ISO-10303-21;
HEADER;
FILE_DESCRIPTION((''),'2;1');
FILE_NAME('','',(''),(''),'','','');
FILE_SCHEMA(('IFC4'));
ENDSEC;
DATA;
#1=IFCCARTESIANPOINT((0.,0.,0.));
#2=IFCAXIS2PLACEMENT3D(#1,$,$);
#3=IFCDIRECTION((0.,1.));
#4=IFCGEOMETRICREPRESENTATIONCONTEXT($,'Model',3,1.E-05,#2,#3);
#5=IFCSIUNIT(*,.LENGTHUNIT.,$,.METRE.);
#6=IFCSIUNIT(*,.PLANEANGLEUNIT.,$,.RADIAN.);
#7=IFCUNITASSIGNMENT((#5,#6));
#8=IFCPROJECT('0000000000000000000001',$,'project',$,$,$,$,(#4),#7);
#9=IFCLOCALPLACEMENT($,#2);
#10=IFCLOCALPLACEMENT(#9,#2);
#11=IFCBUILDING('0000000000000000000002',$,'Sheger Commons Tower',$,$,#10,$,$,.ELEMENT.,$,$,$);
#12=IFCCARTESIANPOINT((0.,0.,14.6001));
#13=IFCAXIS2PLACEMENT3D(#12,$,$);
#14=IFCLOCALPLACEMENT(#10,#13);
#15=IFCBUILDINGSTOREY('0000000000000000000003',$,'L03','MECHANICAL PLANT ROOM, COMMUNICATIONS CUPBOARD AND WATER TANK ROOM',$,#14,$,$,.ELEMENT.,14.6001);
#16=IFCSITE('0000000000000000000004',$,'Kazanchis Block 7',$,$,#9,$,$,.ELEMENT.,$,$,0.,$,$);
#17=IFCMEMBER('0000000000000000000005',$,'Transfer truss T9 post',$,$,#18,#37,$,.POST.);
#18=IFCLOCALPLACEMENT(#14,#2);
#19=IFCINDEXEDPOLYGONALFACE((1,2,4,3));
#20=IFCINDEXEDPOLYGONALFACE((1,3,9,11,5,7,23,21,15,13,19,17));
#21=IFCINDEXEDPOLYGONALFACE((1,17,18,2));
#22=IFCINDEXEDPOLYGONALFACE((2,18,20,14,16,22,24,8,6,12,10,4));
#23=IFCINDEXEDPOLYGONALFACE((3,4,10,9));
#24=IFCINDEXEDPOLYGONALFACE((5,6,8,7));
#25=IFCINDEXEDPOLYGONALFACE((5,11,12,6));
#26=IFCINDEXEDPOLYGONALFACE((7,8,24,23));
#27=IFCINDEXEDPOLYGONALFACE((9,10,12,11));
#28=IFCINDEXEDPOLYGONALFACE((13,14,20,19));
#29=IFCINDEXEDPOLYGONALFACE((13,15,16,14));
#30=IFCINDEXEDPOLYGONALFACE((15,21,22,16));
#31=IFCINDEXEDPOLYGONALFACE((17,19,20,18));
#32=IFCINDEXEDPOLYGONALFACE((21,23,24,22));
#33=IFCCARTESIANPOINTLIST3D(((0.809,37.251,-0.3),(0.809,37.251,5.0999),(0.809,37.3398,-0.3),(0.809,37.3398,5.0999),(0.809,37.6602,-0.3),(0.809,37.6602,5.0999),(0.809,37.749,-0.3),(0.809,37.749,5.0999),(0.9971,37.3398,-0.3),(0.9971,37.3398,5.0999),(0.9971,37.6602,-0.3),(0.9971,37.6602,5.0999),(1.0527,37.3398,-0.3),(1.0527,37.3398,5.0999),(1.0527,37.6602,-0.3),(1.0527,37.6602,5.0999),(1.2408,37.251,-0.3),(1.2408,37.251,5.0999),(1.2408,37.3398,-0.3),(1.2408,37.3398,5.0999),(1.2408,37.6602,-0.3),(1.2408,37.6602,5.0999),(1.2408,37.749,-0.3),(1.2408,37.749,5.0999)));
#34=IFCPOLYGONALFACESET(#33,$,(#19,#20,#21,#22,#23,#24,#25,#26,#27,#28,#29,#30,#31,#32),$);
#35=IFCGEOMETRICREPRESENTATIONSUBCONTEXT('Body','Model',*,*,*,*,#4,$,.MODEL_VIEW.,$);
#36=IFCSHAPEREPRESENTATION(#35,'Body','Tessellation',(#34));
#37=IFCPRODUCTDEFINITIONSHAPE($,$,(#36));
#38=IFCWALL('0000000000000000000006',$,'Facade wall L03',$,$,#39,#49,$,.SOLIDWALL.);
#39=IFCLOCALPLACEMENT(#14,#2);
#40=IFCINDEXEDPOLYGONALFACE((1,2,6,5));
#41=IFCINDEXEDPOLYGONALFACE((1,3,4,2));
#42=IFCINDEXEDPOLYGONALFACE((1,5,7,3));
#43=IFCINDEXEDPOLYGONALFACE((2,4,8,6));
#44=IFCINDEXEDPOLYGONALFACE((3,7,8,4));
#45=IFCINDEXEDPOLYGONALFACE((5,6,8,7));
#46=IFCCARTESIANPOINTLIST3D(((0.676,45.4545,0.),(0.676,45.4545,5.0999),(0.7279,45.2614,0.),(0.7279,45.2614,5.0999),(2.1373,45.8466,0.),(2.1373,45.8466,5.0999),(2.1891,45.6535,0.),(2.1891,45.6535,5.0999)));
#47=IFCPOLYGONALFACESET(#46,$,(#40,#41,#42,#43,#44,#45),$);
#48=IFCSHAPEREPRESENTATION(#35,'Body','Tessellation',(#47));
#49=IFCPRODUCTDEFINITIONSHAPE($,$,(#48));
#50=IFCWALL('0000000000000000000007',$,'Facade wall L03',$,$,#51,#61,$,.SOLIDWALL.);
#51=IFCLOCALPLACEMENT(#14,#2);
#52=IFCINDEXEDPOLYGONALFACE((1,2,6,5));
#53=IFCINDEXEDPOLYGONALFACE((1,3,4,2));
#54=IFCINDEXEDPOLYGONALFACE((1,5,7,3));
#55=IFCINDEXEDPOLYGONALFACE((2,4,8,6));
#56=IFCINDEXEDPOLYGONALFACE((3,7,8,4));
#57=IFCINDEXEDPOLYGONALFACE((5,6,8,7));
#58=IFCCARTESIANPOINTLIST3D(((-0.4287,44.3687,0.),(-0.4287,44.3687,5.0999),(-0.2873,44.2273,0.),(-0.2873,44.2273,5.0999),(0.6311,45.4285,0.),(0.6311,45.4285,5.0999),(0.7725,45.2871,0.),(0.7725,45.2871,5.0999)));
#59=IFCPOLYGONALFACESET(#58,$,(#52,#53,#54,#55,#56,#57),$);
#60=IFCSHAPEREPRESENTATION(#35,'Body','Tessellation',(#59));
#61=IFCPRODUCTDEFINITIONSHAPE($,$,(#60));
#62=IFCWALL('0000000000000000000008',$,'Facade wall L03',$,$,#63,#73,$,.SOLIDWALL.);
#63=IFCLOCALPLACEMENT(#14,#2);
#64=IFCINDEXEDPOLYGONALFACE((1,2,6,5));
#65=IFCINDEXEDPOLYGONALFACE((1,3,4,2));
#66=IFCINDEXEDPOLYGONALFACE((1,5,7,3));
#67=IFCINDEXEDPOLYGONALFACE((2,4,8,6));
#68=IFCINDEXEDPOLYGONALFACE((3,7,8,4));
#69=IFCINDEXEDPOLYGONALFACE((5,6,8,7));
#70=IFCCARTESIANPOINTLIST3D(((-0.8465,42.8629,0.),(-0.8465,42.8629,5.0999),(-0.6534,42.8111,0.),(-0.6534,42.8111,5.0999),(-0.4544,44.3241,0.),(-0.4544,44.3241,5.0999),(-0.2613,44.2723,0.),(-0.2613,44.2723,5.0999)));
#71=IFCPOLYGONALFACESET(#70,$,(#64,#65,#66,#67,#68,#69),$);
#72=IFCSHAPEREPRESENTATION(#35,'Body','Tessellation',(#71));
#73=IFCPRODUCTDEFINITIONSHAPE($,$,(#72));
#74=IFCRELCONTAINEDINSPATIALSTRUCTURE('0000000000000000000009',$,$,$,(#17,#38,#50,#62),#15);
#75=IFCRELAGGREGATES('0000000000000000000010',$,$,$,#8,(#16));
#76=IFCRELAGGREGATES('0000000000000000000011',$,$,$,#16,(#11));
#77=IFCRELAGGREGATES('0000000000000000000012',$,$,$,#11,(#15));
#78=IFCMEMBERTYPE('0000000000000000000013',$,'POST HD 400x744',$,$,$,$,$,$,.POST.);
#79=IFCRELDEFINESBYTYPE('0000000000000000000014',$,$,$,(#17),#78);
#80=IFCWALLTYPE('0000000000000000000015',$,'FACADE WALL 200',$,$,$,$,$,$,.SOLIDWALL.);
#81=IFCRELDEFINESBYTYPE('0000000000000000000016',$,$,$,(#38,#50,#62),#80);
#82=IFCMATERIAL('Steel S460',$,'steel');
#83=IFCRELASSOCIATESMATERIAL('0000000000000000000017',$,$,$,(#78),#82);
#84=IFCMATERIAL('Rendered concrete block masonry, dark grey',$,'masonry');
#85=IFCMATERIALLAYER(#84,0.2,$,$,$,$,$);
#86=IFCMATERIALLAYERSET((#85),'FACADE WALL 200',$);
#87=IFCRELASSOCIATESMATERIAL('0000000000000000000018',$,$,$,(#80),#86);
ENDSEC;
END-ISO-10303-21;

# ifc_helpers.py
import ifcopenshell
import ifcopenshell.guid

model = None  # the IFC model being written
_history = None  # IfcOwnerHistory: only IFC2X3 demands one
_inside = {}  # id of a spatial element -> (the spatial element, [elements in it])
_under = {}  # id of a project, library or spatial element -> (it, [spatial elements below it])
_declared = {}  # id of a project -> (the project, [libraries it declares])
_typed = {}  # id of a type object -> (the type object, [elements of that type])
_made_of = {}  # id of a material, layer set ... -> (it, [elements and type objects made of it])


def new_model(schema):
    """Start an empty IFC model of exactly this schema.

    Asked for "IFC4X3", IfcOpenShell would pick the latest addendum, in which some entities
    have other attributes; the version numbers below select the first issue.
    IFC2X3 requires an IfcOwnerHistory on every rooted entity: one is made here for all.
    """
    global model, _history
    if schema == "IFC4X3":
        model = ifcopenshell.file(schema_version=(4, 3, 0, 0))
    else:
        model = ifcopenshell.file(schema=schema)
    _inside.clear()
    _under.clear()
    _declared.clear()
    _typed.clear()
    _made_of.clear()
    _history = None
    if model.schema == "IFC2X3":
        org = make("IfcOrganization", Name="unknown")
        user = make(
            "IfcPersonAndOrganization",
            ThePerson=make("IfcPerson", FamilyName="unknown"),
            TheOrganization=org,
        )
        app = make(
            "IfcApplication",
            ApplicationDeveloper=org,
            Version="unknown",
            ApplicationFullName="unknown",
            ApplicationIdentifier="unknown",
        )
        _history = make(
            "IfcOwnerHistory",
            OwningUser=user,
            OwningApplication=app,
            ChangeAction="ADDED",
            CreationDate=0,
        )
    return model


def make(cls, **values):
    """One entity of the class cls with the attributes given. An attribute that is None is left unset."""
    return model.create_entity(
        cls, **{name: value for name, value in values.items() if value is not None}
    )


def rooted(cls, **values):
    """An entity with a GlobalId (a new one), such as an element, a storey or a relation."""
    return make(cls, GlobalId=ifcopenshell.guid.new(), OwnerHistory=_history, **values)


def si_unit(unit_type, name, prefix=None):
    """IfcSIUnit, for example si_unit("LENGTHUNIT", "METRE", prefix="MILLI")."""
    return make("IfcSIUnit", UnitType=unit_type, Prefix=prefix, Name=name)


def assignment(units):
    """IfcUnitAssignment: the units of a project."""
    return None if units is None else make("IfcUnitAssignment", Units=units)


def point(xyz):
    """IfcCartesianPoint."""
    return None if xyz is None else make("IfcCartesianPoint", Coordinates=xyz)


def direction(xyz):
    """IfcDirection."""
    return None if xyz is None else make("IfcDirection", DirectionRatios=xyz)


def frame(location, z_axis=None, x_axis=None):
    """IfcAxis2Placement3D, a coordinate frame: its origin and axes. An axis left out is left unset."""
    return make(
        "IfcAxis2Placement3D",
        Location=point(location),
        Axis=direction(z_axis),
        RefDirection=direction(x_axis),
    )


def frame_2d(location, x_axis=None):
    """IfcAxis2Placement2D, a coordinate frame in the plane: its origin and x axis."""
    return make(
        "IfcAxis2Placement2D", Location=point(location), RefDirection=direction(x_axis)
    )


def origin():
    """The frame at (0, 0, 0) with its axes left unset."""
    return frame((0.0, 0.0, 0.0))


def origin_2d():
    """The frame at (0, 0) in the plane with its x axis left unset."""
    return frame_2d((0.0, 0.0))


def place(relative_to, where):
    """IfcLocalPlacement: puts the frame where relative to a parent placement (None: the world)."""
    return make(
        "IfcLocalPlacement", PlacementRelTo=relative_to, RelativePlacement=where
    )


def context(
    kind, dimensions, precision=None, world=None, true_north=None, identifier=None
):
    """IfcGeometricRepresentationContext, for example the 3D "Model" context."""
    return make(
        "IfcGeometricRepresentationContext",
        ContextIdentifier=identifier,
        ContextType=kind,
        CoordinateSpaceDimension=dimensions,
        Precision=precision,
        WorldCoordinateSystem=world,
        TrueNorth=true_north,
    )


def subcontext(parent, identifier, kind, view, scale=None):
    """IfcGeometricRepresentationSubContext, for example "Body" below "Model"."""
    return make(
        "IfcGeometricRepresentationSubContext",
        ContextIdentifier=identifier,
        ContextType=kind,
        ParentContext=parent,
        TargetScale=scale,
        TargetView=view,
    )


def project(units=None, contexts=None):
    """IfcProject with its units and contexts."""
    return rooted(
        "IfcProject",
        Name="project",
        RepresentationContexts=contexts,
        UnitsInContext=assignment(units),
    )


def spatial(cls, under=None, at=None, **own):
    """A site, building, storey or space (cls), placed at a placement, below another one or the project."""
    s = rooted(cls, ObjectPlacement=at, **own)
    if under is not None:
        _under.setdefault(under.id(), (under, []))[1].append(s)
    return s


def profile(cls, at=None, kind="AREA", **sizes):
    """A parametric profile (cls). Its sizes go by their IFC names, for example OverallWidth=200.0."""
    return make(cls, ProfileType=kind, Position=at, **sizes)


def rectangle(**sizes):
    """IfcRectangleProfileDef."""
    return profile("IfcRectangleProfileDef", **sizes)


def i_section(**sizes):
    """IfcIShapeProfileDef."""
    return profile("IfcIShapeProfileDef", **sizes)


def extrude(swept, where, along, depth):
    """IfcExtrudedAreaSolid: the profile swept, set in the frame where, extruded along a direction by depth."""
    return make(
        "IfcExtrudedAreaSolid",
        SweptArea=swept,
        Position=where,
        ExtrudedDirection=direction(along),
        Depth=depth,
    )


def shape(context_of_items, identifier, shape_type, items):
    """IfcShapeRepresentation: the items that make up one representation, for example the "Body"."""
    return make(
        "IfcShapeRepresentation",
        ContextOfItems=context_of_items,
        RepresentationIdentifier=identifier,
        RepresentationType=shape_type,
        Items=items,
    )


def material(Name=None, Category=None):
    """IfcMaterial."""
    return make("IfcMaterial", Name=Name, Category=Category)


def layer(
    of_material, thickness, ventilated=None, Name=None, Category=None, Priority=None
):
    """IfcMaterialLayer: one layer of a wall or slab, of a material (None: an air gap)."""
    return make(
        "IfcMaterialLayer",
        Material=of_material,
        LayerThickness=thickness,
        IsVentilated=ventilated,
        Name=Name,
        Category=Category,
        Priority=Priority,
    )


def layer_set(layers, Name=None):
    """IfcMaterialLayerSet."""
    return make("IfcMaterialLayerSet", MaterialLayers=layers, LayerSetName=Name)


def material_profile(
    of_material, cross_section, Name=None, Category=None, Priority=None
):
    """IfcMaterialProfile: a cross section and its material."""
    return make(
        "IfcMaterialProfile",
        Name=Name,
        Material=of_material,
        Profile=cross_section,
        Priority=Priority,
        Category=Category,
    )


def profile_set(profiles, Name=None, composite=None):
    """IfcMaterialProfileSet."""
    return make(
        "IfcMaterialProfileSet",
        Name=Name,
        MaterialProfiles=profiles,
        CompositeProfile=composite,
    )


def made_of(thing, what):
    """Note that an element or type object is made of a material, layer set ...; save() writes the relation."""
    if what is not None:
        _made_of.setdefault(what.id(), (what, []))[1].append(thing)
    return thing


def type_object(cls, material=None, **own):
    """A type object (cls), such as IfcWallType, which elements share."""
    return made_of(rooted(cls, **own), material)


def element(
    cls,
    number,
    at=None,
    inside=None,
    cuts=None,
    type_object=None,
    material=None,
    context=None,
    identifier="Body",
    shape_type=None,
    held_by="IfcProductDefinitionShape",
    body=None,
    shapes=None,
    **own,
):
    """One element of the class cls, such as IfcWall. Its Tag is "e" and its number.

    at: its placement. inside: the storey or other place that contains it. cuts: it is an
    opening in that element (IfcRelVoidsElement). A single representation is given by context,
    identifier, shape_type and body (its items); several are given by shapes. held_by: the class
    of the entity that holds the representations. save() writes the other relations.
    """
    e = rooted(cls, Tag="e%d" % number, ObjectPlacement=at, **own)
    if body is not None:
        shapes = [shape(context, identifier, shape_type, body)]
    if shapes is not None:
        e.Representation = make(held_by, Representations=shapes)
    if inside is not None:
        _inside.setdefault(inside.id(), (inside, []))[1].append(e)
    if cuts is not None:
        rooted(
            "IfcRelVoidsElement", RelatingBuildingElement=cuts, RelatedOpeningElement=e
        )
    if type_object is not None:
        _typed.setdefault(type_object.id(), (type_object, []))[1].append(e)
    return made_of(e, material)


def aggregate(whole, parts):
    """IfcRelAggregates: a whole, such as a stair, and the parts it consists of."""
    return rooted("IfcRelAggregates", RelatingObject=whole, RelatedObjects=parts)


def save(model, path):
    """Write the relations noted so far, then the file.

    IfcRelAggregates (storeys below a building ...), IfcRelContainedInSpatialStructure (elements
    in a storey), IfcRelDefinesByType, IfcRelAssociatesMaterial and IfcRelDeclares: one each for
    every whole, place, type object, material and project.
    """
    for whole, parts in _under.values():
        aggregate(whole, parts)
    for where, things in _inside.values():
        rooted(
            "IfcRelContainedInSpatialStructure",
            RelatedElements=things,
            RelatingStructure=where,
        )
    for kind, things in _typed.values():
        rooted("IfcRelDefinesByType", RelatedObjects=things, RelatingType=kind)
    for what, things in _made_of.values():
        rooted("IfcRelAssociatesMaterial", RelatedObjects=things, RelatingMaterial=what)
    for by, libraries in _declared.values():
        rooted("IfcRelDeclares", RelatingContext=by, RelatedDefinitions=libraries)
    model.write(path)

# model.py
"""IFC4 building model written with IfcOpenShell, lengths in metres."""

from ifc_helpers import new_model, si_unit, direction, frame, frame_2d, origin, origin_2d, place, context, subcontext, project, spatial, rectangle, i_section, extrude, material, layer, layer_set, material_profile, profile_set, type_object, element, save


model = new_model("IFC4")

# Units and contexts
model_context = context("Model", 3, precision=1e-05, world=origin(), true_north=direction((0.0, 1.0)))
body_context = subcontext(model_context, "Body", "Model", "MODEL_VIEW")
ifc_project = project(units=[si_unit("LENGTHUNIT", "METRE"), si_unit("PLANEANGLEUNIT", "RADIAN")], contexts=[model_context])

# Site, building, storey
site_placement = place(None, origin())
site = spatial("IfcSite", under=ifc_project, at=site_placement, Name="Kazanchis Block 7", CompositionType="ELEMENT", RefElevation=0.0)
building_placement = place(site_placement, origin())
building = spatial("IfcBuilding", under=site, at=building_placement, Name="Sheger Commons Tower", CompositionType="ELEMENT")
storey_placement = place(building_placement, frame((0.0, 0.0, 14.6001)))
storey = spatial("IfcBuildingStorey", under=building, at=storey_placement, Name="L03", Description="MECHANICAL PLANT ROOM, COMMUNICATIONS CUPBOARD AND WATER TANK ROOM", CompositionType="ELEMENT", Elevation=14.6001)

# Member
ifc_material_1 = material(Name="Steel S460", Category="steel")
ifc_material_profile_1 = material_profile(ifc_material_1, i_section(OverallWidth=0.4319, OverallDepth=0.498, WebThickness=0.0557, FlangeThickness=0.0889, at=origin_2d()), Name="HD 400x744")
ifc_profile_set_1 = profile_set([ifc_material_profile_1], Name="Steel S460")
member_type_1 = type_object("IfcMemberType", Name="POST HD 400x744", PredefinedType="POST", material=ifc_profile_set_1)
member_1_placement = place(storey_placement, frame((1.0249, 37.5, -0.3), z_axis=(0.0, 0.0, 1.0), x_axis=(1.0, 0.0, 0.0)))
element("IfcMember", 1, at=member_1_placement, inside=storey, type_object=member_type_1, Name="Transfer truss T9 post", PredefinedType="POST", context=body_context, shape_type="SweptSolid", body=[
    extrude(i_section(OverallWidth=0.4319, OverallDepth=0.498, WebThickness=0.0557, FlangeThickness=0.0889, at=origin_2d()), origin(), (0.0, 0.0, 1.0), 5.3999),
])

# Walls
ifc_material_2 = material(Name="Rendered concrete block masonry, dark grey", Category="masonry")
ifc_layer = layer(ifc_material_2, 0.2)
ifc_layer_set = layer_set([ifc_layer], Name="FACADE WALL 200")
wall_type = type_object("IfcWallType", Name="FACADE WALL 200", PredefinedType="SOLIDWALL", material=ifc_layer_set)
wall_1_placement = place(storey_placement, frame((2.1631, 45.75, 0.0), z_axis=(0.0, 0.0, 1.0), x_axis=(-0.965832, -0.259169, 0.0)))
element("IfcWall", 2, at=wall_1_placement, inside=storey, type_object=wall_type, Name="Facade wall L03", PredefinedType="SOLIDWALL", context=body_context, shape_type="SweptSolid", body=[
    extrude(rectangle(XDim=1.5129, YDim=0.2, at=frame_2d((0.7563, 0.0))), origin(), (0.0, 0.0, 1.0), 5.0999),
])
wall_2_placement = place(storey_placement, frame((0.7019, 45.3579, 0.0), z_axis=(0.0, 0.0, 1.0), x_axis=(-0.707107, -0.707107, 0.0)))
element("IfcWall", 3, at=wall_2_placement, inside=storey, type_object=wall_type, Name="Facade wall L03", PredefinedType="SOLIDWALL", context=body_context, shape_type="SweptSolid", body=[
    extrude(rectangle(XDim=1.4988, YDim=0.2, at=frame_2d((0.7495, 0.0))), origin(), (0.0, 0.0, 1.0), 5.0999),
])
wall_3_placement = place(storey_placement, frame((-0.3579, 44.2981, 0.0), z_axis=(0.0, 0.0, 1.0), x_axis=(-0.259169, -0.965832, 0.0)))
element("IfcWall", 4, at=wall_3_placement, inside=storey, type_object=wall_type, Name="Facade wall L03", PredefinedType="SOLIDWALL", context=body_context, shape_type="SweptSolid", body=[
    extrude(rectangle(XDim=1.5129, YDim=0.2, at=frame_2d((0.7563, 0.0))), origin(), (0.0, 0.0, 1.0), 5.0999),
])

save(model, "model.ifc")
